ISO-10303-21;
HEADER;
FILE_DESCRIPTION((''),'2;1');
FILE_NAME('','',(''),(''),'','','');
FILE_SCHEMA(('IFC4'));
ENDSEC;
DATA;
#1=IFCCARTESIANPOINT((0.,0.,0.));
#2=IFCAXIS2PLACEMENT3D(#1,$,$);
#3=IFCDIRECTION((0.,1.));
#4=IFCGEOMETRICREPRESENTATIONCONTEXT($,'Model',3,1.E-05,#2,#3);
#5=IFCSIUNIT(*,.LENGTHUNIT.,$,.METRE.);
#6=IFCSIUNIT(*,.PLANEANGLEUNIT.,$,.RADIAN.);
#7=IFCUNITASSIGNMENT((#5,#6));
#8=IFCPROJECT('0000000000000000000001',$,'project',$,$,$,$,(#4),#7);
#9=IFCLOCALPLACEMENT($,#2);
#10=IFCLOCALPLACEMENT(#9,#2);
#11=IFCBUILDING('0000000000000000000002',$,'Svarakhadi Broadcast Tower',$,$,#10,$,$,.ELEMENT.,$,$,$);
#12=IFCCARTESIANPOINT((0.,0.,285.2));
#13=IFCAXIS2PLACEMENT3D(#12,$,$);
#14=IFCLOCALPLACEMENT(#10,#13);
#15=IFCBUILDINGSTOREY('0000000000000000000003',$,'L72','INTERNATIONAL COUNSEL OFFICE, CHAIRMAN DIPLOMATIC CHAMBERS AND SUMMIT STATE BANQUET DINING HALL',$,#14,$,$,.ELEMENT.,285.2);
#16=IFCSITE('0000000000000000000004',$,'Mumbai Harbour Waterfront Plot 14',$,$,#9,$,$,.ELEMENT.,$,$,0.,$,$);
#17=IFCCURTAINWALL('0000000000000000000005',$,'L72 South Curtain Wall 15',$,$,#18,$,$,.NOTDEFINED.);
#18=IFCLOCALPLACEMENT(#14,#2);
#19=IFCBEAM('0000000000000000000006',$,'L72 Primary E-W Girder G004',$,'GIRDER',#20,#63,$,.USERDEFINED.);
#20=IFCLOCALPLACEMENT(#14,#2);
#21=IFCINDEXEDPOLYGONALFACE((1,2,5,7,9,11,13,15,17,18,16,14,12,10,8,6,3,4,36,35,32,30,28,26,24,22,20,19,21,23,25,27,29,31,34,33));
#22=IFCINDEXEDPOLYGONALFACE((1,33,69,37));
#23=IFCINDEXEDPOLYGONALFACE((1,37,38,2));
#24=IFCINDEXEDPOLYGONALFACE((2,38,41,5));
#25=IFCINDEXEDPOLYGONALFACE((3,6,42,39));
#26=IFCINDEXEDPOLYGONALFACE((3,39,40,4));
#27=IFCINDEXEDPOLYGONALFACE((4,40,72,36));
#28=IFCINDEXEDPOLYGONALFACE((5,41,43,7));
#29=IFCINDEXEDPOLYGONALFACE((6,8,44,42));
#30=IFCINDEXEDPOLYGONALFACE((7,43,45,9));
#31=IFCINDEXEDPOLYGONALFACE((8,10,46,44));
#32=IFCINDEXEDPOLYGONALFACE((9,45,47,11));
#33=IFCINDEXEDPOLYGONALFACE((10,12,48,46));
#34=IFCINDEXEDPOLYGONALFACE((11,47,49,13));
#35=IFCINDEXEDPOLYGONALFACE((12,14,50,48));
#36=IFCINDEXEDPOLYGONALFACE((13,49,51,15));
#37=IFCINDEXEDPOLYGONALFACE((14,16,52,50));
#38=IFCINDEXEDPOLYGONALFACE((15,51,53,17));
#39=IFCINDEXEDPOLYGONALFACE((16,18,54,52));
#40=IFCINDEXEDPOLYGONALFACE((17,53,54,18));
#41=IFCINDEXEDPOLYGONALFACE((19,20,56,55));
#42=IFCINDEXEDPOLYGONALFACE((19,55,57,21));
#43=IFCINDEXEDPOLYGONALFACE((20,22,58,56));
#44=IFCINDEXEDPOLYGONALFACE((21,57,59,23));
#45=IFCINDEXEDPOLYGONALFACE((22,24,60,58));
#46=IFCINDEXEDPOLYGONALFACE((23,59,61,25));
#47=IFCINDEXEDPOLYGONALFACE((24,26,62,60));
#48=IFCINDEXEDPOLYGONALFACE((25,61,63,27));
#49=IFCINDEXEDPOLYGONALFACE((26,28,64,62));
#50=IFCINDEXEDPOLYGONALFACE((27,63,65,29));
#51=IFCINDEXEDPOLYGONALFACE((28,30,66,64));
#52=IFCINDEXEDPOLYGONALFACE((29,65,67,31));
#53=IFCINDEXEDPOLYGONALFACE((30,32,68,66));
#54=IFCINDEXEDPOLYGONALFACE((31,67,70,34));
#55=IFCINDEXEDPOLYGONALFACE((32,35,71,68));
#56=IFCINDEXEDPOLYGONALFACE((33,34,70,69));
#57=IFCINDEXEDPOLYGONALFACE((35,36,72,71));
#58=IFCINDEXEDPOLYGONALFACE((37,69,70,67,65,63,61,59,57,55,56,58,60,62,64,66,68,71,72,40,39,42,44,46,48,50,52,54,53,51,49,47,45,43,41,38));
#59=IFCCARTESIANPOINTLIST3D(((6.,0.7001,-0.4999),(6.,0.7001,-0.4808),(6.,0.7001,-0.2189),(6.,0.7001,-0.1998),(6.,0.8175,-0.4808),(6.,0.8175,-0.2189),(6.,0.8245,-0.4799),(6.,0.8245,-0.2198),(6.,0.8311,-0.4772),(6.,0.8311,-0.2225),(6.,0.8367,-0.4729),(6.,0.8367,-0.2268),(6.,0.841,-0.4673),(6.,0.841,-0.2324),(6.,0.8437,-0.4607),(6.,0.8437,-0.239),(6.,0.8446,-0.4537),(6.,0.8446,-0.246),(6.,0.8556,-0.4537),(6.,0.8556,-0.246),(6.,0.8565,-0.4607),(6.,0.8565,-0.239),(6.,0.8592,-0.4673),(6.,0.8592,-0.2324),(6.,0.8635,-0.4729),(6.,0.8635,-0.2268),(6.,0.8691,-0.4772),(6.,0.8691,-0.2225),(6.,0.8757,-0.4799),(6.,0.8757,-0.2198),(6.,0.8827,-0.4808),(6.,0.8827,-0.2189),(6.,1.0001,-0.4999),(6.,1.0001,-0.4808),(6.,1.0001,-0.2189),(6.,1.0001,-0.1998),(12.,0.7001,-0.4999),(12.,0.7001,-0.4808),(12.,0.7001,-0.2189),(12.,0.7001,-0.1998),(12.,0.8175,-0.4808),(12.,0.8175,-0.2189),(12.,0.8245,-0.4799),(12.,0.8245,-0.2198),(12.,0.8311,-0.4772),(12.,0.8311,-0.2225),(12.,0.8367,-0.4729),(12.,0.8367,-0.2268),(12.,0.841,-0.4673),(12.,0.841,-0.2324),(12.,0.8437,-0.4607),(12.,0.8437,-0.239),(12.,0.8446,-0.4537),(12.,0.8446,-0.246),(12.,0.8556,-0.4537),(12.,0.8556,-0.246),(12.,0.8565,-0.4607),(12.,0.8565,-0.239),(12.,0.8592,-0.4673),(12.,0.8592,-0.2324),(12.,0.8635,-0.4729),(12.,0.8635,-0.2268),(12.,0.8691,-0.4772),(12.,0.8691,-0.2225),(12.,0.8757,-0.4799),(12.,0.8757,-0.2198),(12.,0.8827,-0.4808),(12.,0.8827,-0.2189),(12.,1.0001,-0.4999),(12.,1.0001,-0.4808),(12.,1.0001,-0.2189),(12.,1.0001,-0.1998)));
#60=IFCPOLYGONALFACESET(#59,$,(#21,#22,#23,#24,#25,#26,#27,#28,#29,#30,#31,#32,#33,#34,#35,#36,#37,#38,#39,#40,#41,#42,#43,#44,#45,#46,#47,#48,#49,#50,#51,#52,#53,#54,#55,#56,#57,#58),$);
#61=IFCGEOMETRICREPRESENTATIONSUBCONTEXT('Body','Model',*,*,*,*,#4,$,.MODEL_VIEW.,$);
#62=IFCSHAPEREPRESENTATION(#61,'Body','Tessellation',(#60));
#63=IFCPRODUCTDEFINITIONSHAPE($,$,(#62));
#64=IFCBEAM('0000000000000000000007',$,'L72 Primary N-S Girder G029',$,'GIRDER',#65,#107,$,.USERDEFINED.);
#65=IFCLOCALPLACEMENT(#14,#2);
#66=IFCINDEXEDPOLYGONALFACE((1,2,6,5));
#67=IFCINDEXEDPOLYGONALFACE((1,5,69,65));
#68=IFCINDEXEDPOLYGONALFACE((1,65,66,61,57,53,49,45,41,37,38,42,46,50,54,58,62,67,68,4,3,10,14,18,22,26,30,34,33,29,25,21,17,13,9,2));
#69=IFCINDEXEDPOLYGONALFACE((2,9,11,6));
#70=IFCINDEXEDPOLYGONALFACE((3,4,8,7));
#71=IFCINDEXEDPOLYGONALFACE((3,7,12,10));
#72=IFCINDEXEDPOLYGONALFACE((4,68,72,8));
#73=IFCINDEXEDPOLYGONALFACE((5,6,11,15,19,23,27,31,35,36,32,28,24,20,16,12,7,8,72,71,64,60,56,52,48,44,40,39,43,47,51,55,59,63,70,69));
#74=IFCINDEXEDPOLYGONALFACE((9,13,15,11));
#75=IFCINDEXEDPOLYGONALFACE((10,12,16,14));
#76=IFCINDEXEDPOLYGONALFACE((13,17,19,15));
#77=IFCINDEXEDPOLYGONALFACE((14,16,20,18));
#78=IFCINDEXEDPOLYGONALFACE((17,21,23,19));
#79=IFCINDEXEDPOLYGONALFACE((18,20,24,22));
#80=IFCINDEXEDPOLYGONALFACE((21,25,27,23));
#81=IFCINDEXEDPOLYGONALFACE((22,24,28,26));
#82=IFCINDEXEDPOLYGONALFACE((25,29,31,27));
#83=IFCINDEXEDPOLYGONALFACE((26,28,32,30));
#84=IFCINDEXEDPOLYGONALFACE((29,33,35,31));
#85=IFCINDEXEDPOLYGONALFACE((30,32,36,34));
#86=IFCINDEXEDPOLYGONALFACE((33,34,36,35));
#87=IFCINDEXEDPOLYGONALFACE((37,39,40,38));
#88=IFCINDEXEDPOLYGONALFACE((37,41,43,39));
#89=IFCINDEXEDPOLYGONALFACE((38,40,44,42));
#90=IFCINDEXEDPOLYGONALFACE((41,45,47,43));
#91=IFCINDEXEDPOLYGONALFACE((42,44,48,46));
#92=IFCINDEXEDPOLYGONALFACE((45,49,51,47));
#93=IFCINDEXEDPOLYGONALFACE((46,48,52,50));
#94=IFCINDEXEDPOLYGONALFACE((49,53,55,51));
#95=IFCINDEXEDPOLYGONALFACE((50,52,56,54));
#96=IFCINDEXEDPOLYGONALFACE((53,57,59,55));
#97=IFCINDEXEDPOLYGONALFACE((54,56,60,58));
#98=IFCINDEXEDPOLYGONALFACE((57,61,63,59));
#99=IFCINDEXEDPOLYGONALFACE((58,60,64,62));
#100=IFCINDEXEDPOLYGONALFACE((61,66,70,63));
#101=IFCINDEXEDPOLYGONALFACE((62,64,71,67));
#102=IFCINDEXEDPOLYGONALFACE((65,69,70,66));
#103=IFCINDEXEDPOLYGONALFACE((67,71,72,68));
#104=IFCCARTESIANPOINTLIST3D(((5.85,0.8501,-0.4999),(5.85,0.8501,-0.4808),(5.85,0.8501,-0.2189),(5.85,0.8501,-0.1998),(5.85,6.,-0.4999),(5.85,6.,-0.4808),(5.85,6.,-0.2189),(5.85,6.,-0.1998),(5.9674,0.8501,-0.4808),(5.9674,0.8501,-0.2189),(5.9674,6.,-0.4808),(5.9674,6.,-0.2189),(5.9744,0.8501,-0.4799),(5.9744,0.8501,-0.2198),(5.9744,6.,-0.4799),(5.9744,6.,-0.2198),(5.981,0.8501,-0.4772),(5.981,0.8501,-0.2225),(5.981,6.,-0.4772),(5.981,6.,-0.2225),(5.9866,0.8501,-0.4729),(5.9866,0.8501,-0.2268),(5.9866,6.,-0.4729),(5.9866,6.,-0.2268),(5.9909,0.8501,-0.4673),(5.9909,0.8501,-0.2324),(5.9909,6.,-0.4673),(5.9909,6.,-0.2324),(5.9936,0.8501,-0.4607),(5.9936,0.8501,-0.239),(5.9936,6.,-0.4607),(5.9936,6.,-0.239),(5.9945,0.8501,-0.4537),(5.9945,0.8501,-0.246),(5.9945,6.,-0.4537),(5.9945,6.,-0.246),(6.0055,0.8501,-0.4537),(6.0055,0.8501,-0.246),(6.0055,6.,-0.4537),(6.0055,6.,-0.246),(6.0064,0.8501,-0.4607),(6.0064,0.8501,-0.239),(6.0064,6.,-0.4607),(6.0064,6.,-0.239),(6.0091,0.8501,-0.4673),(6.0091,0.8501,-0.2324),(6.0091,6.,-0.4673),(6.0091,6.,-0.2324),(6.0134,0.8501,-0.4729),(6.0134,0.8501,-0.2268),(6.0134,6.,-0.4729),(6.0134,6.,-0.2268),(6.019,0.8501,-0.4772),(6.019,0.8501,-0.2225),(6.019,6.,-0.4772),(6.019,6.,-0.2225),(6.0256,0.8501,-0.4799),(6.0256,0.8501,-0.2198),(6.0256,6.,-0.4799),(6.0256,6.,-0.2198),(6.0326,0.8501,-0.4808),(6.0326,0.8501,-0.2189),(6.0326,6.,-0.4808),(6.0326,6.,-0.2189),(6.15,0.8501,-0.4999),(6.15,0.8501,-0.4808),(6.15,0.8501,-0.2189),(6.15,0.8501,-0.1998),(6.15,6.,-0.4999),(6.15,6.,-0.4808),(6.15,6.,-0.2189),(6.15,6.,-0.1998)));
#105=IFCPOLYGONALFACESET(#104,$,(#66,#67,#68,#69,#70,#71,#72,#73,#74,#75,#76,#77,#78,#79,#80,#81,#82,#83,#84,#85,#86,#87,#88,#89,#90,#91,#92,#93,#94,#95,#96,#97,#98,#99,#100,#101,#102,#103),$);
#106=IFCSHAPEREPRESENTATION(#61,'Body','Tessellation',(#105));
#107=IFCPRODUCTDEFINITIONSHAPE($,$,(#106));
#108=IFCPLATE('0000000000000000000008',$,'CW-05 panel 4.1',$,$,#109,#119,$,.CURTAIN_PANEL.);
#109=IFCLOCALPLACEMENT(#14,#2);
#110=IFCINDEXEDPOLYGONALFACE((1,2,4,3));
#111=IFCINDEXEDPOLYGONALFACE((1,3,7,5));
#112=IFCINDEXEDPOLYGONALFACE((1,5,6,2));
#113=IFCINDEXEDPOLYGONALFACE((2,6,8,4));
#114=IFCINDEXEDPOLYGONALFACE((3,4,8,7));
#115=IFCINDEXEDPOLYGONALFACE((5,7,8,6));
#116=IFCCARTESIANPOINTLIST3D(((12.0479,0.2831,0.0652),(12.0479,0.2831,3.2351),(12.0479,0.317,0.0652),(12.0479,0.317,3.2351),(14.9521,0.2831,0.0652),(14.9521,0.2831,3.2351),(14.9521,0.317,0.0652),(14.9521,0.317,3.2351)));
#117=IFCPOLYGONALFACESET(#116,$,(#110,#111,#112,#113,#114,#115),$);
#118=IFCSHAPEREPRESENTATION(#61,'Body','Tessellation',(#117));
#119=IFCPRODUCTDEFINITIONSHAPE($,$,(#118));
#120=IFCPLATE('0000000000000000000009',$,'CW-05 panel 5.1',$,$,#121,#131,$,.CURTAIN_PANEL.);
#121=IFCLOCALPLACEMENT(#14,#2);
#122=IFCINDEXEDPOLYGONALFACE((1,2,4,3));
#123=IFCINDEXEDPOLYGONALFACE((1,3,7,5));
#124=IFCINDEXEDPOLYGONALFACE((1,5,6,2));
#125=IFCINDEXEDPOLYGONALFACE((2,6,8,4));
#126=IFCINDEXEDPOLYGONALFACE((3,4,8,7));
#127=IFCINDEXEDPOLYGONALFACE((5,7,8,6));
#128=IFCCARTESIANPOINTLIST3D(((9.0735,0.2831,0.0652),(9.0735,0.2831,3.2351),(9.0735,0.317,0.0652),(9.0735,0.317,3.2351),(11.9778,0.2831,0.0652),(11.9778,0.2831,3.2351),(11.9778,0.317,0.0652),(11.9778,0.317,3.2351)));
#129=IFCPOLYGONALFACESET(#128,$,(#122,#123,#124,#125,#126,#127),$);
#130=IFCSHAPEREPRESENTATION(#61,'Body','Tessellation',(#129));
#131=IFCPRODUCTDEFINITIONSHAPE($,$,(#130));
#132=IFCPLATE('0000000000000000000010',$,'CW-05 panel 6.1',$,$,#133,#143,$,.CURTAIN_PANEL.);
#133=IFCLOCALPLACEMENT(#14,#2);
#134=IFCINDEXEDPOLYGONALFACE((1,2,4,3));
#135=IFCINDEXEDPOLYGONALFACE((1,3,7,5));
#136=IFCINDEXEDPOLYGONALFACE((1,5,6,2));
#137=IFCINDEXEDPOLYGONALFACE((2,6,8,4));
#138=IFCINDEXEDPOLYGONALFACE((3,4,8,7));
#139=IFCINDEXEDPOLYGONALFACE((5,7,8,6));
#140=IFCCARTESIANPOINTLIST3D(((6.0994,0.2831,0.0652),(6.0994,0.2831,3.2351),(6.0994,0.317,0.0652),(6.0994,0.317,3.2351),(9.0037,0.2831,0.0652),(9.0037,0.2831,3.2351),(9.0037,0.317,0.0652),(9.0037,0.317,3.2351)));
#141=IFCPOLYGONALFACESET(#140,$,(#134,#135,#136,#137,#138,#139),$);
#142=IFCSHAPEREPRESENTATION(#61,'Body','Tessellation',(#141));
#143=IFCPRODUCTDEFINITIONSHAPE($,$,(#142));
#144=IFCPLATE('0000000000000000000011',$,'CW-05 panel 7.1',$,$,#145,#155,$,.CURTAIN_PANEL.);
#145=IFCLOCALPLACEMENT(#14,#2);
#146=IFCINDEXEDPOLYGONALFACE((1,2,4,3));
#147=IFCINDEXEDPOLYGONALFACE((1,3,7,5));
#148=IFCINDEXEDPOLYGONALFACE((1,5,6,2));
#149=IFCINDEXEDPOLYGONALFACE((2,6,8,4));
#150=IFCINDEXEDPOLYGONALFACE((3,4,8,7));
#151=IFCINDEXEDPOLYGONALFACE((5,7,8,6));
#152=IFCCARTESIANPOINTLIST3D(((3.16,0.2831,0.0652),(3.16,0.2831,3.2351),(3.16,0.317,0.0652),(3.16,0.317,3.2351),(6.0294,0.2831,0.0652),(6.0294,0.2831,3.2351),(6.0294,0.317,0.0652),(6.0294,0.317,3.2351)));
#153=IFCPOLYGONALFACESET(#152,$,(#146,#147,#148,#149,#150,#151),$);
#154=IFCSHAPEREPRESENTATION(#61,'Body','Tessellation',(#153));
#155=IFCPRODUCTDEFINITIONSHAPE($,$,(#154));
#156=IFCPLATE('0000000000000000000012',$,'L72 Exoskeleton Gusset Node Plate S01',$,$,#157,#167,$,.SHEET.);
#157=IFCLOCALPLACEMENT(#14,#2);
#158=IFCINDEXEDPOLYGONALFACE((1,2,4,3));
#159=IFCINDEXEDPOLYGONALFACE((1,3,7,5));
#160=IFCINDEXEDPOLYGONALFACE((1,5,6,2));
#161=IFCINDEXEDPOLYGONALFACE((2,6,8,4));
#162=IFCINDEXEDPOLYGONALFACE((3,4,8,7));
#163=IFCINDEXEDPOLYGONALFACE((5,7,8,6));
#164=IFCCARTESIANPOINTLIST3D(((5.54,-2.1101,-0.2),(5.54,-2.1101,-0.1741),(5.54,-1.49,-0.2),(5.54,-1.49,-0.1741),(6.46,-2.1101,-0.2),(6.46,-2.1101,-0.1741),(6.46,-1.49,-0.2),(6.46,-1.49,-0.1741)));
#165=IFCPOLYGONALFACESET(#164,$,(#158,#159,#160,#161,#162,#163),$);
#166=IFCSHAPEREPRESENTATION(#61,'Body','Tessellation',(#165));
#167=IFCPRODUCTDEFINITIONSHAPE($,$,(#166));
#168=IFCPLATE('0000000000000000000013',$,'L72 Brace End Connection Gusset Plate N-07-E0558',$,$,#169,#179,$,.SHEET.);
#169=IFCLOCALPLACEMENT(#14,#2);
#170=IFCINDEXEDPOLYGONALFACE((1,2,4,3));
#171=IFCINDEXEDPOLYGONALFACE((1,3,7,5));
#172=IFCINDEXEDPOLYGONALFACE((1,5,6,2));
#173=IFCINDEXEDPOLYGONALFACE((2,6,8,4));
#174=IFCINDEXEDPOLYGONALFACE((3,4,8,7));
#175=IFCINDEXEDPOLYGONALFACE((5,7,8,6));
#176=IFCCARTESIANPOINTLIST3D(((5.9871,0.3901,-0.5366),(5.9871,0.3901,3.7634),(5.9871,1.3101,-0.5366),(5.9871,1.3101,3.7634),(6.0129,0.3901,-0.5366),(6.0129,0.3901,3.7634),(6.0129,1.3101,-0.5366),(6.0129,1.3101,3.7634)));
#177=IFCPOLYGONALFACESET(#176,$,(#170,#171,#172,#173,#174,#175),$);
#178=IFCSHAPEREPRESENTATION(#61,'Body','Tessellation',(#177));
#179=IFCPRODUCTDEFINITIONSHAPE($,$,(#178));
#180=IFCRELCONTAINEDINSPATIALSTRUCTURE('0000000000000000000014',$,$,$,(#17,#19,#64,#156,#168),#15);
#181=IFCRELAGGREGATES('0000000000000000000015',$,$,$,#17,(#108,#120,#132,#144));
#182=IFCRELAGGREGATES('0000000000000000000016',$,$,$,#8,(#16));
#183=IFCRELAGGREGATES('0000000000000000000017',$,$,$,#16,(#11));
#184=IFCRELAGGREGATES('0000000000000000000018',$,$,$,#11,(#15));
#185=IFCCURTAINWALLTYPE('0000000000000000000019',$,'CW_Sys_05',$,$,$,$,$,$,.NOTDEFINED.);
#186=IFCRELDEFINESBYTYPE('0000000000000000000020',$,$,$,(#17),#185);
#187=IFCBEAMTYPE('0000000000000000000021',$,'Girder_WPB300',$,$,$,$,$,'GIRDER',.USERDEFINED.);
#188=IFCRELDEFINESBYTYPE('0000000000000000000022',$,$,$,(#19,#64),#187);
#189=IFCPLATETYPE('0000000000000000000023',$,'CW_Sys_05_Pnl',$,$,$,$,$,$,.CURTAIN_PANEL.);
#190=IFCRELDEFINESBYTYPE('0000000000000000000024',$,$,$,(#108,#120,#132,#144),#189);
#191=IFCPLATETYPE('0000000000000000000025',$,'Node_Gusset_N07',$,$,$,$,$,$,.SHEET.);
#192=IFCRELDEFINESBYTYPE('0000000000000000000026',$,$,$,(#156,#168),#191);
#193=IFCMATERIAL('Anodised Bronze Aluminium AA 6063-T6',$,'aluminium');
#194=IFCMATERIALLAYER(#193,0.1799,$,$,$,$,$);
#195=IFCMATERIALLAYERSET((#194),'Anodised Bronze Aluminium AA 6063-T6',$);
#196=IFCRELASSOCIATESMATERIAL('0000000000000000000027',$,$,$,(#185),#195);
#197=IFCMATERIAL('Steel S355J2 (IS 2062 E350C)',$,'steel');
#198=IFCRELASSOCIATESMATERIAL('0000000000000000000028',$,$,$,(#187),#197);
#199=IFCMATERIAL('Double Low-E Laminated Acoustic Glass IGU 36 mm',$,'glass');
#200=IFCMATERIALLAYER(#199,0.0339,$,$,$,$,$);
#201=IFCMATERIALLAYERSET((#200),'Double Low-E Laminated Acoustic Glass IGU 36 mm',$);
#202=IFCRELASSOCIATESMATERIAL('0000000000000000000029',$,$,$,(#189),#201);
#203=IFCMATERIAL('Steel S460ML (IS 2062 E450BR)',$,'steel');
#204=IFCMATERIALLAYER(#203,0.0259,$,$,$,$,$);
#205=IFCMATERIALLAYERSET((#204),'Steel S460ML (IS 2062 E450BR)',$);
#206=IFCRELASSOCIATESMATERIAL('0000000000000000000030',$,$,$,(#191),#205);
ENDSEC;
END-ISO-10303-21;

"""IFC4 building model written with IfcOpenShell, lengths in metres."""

from ifc_helpers import new_model, si_unit, direction, frame, origin, origin_2d, place, context, subcontext, project, spatial, rectangle, i_section, extrude, material, layer, layer_set, material_profile, profile_set, type_object, element, aggregate, save


model = new_model("IFC4")

# Units and contexts
model_context = context("Model", 3, precision=1e-05, world=origin(), true_north=direction((0.0, 1.0)))
body_context = subcontext(model_context, "Body", "Model", "MODEL_VIEW")
ifc_project = project(units=[si_unit("LENGTHUNIT", "METRE"), si_unit("PLANEANGLEUNIT", "RADIAN")], contexts=[model_context])

# Site, building, storey
site_placement = place(None, origin())
site = spatial("IfcSite", under=ifc_project, at=site_placement, Name="Mumbai Harbour Waterfront Plot 14", CompositionType="ELEMENT", RefElevation=0.0)
building_placement = place(site_placement, origin())
building = spatial("IfcBuilding", under=site, at=building_placement, Name="Svarakhadi Broadcast Tower", CompositionType="ELEMENT")
storey_placement = place(building_placement, frame((0.0, 0.0, 285.2)))
storey = spatial("IfcBuildingStorey", under=building, at=storey_placement, Name="L72", Description="INTERNATIONAL COUNSEL OFFICE, CHAIRMAN DIPLOMATIC CHAMBERS AND SUMMIT STATE BANQUET DINING HALL", CompositionType="ELEMENT", Elevation=285.2)

# Shared definitions
ifc_material_1 = material(Name="Steel S460ML (IS 2062 E450BR)", Category="steel")

# Curtain wall
ifc_material_2 = material(Name="Anodised Bronze Aluminium AA 6063-T6", Category="aluminium")
ifc_layer_1 = layer(ifc_material_2, 0.1799)
ifc_layer_set_1 = layer_set([ifc_layer_1], Name="Anodised Bronze Aluminium AA 6063-T6")
curtain_wall_type = type_object("IfcCurtainWallType", Name="CW_Sys_05", PredefinedType="NOTDEFINED", material=ifc_layer_set_1)
curtain_wall_placement = place(storey_placement, origin())
curtain_wall = element("IfcCurtainWall", 1, at=curtain_wall_placement, inside=storey, type_object=curtain_wall_type, Name="L72 South Curtain Wall 15", PredefinedType="NOTDEFINED")

# Beams
ifc_material_3 = material(Name="Steel S355J2 (IS 2062 E350C)", Category="steel")
ifc_material_profile_1 = material_profile(ifc_material_3, i_section(OverallWidth=0.3, OverallDepth=0.3, WebThickness=0.011, FlangeThickness=0.019, FilletRadius=0.0271, at=origin_2d()), Name="WPB 300x300x117")
ifc_profile_set_1 = profile_set([ifc_material_profile_1], Name="Steel S355J2 (IS 2062 E350C)")
beam_type = type_object("IfcBeamType", Name="Girder_WPB300", ElementType="GIRDER", PredefinedType="USERDEFINED", material=ifc_profile_set_1)
beam_1_placement = place(storey_placement, frame((6.0, 0.8501, -0.3499), z_axis=(1.0, 0.0, 0.0), x_axis=(0.0, 1.0, 0.0)))
element("IfcBeam", 2, at=beam_1_placement, inside=storey, type_object=beam_type, Name="L72 Primary E-W Girder G004", ObjectType="GIRDER", PredefinedType="USERDEFINED", context=body_context, shape_type="SweptSolid", body=[
    extrude(i_section(OverallWidth=0.3, OverallDepth=0.3, WebThickness=0.011, FlangeThickness=0.019, FilletRadius=0.0271, at=origin_2d()), origin(), (0.0, 0.0, 1.0), 6.0),
])
beam_2_placement = place(storey_placement, frame((6.0, 0.8501, -0.3499), z_axis=(0.0, 1.0, 0.0), x_axis=(-1.0, 0.0, 0.0)))
element("IfcBeam", 3, at=beam_2_placement, inside=storey, type_object=beam_type, Name="L72 Primary N-S Girder G029", ObjectType="GIRDER", PredefinedType="USERDEFINED", context=body_context, shape_type="SweptSolid", body=[
    extrude(i_section(OverallWidth=0.3, OverallDepth=0.3, WebThickness=0.011, FlangeThickness=0.019, FilletRadius=0.0271, at=origin_2d()), origin(), (0.0, 0.0, 1.0), 5.1499),
])

# Plates
ifc_material_4 = material(Name="Double Low-E Laminated Acoustic Glass IGU 36 mm", Category="glass")
ifc_layer_2 = layer(ifc_material_4, 0.0339)
ifc_layer_set_2 = layer_set([ifc_layer_2], Name="Double Low-E Laminated Acoustic Glass IGU 36 mm")
plate_type_1 = type_object("IfcPlateType", Name="CW_Sys_05_Pnl", PredefinedType="CURTAIN_PANEL", material=ifc_layer_set_2)
plate_1_placement = place(storey_placement, frame((13.5, 0.3, 0.0652), z_axis=(0.0, 0.0, 1.0), x_axis=(-1.0, 0.0, 0.0)))
plate_1 = element("IfcPlate", 4, at=plate_1_placement, type_object=plate_type_1, Name="CW-05 panel 4.1", PredefinedType="CURTAIN_PANEL", context=body_context, shape_type="SweptSolid", body=[
    extrude(rectangle(XDim=2.9043, YDim=0.0339, at=origin_2d()), origin(), (0.0, 0.0, 1.0), 3.1699),
])
plate_2_placement = place(storey_placement, frame((10.5256, 0.3, 0.0652), z_axis=(0.0, 0.0, 1.0), x_axis=(-1.0, 0.0, 0.0)))
plate_2 = element("IfcPlate", 5, at=plate_2_placement, type_object=plate_type_1, Name="CW-05 panel 5.1", PredefinedType="CURTAIN_PANEL", context=body_context, shape_type="SweptSolid", body=[
    extrude(rectangle(XDim=2.9043, YDim=0.0339, at=origin_2d()), origin(), (0.0, 0.0, 1.0), 3.1699),
])
plate_3_placement = place(storey_placement, frame((7.5515, 0.3, 0.0652), z_axis=(0.0, 0.0, 1.0), x_axis=(-1.0, 0.0, 0.0)))
plate_3 = element("IfcPlate", 6, at=plate_3_placement, type_object=plate_type_1, Name="CW-05 panel 6.1", PredefinedType="CURTAIN_PANEL", context=body_context, shape_type="SweptSolid", body=[
    extrude(rectangle(XDim=2.9043, YDim=0.0339, at=origin_2d()), origin(), (0.0, 0.0, 1.0), 3.1699),
])
plate_4_placement = place(storey_placement, frame((4.5947, 0.3, 0.0652), z_axis=(0.0, 0.0, 1.0), x_axis=(-1.0, 0.0, 0.0)))
plate_4 = element("IfcPlate", 7, at=plate_4_placement, type_object=plate_type_1, Name="CW-05 panel 7.1", PredefinedType="CURTAIN_PANEL", context=body_context, shape_type="SweptSolid", body=[
    extrude(rectangle(XDim=2.8694, YDim=0.0339, at=origin_2d()), origin(), (0.0, 0.0, 1.0), 3.1699),
])
aggregate(curtain_wall, [plate_1, plate_2, plate_3, plate_4])

# Plates
ifc_layer_3 = layer(ifc_material_1, 0.0259)
ifc_layer_set_3 = layer_set([ifc_layer_3], Name="Steel S460ML (IS 2062 E450BR)")
plate_type_2 = type_object("IfcPlateType", Name="Node_Gusset_N07", PredefinedType="SHEET", material=ifc_layer_set_3)
plate_5_placement = place(storey_placement, frame((6.0, -1.8, -0.2), z_axis=(0.0, 0.0, 1.0), x_axis=(1.0, 0.0, 0.0)))
element("IfcPlate", 8, at=plate_5_placement, inside=storey, type_object=plate_type_2, Name="L72 Exoskeleton Gusset Node Plate S01", PredefinedType="SHEET", context=body_context, shape_type="SweptSolid", body=[
    extrude(rectangle(XDim=0.9199, YDim=0.6201, at=origin_2d()), origin(), (0.0, 0.0, 1.0), 0.0259),
])
plate_6_placement = place(storey_placement, frame((6.0, 0.8501, -0.5366), z_axis=(0.0, 0.0, 1.0), x_axis=(0.0, 1.0, 0.0)))
element("IfcPlate", 9, at=plate_6_placement, inside=storey, type_object=plate_type_2, Name="L72 Brace End Connection Gusset Plate N-07-E0558", PredefinedType="SHEET", context=body_context, shape_type="SweptSolid", body=[
    extrude(rectangle(XDim=0.9199, YDim=0.0259, at=origin_2d()), origin(), (0.0, 0.0, 1.0), 4.3),
])

save(model, "model.ifc")
